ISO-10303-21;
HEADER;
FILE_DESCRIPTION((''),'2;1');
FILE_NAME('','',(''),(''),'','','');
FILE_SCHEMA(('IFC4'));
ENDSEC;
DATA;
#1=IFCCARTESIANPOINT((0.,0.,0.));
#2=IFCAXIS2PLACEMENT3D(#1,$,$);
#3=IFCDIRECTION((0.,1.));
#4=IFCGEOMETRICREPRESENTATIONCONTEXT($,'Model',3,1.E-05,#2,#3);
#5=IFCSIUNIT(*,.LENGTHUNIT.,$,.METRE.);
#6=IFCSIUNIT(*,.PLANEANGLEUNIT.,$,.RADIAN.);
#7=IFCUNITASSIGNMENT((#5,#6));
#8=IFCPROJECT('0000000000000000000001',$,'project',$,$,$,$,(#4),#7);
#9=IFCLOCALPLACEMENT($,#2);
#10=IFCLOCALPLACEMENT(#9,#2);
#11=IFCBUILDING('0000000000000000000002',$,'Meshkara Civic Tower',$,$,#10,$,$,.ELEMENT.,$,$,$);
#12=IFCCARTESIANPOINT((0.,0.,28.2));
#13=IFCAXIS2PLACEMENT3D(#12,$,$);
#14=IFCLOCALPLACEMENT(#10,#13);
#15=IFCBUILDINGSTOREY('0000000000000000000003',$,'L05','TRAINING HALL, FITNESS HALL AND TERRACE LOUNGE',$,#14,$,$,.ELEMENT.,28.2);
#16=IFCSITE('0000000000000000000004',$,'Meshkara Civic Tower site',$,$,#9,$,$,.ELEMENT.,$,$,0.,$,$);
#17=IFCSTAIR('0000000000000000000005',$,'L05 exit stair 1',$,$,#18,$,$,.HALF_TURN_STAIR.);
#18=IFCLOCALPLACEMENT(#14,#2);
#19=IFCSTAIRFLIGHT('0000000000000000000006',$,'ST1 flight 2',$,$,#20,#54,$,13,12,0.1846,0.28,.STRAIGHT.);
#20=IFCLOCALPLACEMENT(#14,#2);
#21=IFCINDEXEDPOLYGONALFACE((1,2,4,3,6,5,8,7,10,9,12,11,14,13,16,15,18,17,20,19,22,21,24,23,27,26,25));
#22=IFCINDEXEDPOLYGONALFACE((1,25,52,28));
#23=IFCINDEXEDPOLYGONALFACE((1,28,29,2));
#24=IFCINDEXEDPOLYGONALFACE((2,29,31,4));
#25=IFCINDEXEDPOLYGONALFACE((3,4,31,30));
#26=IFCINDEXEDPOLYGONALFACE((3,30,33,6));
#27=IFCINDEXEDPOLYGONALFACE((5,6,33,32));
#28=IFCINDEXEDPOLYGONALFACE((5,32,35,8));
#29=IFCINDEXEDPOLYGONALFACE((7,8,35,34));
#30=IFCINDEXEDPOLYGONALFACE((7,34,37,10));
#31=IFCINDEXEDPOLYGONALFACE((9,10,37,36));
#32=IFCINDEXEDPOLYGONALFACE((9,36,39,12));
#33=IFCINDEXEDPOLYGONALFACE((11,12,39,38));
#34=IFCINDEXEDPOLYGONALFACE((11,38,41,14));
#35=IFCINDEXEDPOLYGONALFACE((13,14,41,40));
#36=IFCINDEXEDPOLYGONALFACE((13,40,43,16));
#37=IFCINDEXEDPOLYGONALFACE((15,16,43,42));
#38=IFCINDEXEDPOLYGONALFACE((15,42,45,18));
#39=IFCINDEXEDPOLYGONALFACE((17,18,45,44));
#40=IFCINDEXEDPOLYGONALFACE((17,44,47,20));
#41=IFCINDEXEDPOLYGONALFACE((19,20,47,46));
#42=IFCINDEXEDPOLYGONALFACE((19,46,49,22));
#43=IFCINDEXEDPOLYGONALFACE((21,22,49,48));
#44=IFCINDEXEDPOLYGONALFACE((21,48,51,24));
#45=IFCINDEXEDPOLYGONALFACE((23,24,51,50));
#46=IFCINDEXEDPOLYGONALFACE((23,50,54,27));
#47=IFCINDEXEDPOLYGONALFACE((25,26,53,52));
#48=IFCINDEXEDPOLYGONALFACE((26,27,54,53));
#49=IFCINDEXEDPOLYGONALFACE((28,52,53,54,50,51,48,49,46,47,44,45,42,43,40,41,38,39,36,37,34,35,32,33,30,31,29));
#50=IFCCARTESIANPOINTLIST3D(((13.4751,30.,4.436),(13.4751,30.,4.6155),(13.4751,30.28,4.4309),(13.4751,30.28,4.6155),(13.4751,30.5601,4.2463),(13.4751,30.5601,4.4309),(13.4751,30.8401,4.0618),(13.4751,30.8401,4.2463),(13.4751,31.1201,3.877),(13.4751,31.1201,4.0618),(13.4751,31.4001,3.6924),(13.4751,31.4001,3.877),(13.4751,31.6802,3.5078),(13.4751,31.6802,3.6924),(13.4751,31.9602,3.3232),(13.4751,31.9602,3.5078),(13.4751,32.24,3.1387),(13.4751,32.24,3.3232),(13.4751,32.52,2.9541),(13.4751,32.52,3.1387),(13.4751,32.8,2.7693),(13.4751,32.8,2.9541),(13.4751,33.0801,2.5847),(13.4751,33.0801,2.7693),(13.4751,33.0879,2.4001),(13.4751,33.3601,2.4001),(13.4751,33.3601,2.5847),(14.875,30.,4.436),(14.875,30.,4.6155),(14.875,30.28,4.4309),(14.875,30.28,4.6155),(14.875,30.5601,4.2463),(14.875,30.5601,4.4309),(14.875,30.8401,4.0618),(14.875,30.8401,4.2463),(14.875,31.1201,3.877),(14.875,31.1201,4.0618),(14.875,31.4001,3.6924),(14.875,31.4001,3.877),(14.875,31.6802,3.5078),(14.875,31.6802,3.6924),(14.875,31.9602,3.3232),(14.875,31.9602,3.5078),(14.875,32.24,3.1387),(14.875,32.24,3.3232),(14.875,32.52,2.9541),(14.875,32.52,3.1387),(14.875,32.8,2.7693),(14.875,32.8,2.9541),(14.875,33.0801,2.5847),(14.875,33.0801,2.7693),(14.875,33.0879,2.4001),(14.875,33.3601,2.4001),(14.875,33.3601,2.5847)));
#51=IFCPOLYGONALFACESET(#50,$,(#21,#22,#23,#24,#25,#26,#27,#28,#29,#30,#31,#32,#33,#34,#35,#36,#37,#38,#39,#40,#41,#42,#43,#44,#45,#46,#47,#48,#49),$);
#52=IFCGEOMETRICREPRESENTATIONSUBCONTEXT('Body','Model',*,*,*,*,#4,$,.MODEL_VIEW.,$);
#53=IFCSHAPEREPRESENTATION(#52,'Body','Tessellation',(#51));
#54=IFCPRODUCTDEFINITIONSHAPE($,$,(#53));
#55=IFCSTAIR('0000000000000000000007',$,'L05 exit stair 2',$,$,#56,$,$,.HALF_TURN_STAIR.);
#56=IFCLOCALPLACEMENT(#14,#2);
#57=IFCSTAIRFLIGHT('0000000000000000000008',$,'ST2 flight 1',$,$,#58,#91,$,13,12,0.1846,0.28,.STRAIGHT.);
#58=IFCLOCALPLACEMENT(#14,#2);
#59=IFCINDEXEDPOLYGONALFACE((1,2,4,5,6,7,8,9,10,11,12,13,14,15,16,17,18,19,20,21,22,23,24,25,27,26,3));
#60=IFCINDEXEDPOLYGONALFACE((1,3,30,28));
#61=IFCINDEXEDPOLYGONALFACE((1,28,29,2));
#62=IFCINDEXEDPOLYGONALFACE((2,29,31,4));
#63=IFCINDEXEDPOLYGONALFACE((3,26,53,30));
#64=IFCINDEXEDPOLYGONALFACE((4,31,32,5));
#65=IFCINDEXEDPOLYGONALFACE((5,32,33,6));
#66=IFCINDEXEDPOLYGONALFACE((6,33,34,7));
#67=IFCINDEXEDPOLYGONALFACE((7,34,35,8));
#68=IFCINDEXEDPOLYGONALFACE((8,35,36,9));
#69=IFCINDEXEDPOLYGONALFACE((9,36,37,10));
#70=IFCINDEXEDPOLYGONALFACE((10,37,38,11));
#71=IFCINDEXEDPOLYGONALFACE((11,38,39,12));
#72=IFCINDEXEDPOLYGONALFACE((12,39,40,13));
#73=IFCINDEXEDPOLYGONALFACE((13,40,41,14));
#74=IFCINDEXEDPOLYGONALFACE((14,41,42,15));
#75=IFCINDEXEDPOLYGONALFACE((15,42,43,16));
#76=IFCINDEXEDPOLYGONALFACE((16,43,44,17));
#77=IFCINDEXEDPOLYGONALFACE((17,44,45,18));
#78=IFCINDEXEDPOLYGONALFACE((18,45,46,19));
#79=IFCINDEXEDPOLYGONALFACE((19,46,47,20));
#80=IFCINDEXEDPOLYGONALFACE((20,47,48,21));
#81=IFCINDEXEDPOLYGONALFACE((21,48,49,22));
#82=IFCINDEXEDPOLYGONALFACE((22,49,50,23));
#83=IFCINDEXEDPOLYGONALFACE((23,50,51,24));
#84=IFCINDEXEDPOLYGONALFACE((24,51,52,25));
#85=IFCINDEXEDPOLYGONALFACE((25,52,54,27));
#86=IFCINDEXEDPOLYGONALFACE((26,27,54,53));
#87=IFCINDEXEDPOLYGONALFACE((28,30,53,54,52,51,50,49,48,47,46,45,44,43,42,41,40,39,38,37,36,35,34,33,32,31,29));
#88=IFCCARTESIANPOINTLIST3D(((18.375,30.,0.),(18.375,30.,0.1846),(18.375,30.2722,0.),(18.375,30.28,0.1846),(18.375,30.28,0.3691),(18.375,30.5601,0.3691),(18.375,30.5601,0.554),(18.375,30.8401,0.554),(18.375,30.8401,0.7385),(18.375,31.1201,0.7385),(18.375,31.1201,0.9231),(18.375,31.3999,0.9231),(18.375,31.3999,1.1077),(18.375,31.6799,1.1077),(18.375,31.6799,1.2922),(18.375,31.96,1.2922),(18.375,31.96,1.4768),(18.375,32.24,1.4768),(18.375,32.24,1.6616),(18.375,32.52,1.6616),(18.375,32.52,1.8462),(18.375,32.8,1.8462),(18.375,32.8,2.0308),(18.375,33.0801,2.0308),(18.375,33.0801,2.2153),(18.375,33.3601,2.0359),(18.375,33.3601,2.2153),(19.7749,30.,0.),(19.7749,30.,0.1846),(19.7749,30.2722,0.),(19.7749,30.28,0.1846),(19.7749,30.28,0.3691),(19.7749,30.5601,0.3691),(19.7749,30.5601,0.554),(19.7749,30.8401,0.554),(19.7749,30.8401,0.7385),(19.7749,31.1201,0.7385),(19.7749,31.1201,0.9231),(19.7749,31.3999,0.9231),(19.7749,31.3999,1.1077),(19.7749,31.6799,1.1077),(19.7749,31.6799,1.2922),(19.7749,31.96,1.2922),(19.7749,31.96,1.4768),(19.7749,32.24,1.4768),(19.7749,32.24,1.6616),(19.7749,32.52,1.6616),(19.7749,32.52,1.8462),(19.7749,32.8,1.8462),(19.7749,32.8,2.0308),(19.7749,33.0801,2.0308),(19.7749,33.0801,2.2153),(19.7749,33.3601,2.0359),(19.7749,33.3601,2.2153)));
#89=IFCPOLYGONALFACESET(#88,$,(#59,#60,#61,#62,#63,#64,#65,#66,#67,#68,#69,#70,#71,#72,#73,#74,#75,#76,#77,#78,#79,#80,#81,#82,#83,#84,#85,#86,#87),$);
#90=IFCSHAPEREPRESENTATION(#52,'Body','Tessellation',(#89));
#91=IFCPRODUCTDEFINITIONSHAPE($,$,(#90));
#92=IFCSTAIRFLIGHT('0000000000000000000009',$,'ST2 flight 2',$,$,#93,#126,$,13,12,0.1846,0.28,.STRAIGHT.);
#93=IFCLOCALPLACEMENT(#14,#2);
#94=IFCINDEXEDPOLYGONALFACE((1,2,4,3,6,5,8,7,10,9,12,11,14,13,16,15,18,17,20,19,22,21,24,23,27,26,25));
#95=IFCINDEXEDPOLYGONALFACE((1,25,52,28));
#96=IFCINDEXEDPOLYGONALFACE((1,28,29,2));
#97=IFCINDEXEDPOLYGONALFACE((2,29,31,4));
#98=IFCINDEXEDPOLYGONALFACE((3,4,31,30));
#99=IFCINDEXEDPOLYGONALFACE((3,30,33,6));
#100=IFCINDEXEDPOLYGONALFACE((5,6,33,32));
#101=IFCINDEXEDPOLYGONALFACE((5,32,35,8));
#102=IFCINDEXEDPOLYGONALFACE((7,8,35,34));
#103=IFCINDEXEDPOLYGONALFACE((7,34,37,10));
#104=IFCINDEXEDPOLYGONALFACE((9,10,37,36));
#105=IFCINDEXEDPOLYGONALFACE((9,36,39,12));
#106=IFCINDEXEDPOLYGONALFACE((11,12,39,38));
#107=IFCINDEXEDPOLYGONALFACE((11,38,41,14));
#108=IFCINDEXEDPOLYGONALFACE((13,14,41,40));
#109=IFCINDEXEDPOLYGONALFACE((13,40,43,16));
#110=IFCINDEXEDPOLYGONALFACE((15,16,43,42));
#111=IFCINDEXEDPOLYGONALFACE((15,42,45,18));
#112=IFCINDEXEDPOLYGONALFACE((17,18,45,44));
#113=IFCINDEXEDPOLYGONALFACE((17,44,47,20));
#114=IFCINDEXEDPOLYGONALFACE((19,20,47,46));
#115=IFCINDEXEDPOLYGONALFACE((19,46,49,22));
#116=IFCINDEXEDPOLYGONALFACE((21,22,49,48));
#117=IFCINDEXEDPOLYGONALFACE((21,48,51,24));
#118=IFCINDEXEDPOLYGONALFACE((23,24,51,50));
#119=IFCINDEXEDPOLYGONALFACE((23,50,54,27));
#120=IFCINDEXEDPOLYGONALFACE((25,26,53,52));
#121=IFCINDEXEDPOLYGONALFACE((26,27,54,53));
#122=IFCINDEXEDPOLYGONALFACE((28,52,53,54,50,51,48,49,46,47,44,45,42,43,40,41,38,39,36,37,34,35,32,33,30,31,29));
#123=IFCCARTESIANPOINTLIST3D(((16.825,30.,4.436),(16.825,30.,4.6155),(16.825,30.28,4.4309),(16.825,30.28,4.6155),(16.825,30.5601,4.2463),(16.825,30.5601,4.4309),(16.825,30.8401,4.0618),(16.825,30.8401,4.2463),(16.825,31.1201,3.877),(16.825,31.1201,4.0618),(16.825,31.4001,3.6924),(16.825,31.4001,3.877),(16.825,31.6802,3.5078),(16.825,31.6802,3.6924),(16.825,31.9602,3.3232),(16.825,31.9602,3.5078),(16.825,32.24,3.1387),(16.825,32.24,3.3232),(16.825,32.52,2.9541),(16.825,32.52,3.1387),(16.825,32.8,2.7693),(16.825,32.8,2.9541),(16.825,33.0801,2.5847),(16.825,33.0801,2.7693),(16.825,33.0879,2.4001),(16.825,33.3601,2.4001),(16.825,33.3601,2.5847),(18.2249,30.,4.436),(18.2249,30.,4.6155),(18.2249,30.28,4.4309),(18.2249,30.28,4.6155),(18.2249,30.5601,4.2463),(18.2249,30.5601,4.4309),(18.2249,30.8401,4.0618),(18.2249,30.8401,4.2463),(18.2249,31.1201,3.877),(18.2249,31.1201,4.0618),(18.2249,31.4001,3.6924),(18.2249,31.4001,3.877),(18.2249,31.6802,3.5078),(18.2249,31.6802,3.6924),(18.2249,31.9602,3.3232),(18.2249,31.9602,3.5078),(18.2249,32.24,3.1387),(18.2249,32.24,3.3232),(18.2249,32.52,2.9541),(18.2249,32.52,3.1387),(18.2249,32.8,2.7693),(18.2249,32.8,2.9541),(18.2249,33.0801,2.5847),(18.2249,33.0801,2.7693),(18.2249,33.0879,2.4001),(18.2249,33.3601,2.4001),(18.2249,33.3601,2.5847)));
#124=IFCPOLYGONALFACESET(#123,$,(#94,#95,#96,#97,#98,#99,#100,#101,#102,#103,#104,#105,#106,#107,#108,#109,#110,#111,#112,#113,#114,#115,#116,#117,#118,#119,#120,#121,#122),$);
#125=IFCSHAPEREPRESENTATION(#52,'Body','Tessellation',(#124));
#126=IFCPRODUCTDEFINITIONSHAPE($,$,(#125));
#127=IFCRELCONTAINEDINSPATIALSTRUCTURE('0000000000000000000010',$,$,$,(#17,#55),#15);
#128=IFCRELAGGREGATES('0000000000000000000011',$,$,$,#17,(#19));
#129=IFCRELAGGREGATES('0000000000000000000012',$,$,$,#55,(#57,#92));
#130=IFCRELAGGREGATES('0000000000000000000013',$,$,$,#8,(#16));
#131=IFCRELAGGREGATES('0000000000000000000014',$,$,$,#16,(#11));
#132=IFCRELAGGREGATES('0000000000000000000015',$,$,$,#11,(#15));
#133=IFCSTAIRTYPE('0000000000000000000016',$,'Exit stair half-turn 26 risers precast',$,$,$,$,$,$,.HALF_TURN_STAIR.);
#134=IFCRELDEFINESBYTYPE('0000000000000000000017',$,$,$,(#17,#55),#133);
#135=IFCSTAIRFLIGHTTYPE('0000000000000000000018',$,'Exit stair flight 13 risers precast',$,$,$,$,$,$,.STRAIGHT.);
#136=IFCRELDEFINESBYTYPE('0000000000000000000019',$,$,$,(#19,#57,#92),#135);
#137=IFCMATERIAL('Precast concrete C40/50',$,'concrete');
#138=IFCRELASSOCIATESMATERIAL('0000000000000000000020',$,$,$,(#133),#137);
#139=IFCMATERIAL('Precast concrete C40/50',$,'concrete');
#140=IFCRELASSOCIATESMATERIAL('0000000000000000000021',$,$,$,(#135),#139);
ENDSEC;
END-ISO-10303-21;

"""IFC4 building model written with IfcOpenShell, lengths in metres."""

from ifc_helpers import new_model, si_unit, direction, frame, origin, place, context, subcontext, project, spatial, polyline, outline, extrude, material, type_object, element, aggregate, save


model = new_model("IFC4")

# Units and contexts
model_context = context("Model", 3, precision=1e-05, world=origin(), true_north=direction((0.0, 1.0)))
body_context = subcontext(model_context, "Body", "Model", "MODEL_VIEW")
ifc_project = project(units=[si_unit("LENGTHUNIT", "METRE"), si_unit("PLANEANGLEUNIT", "RADIAN")], contexts=[model_context])

# Site, building, storey
site_placement = place(None, origin())
site = spatial("IfcSite", under=ifc_project, at=site_placement, Name="Meshkara Civic Tower site", CompositionType="ELEMENT", RefElevation=0.0)
building_placement = place(site_placement, origin())
building = spatial("IfcBuilding", under=site, at=building_placement, Name="Meshkara Civic Tower", CompositionType="ELEMENT")
storey_placement = place(building_placement, frame((0.0, 0.0, 28.2)))
storey = spatial("IfcBuildingStorey", under=building, at=storey_placement, Name="L05", Description="TRAINING HALL, FITNESS HALL AND TERRACE LOUNGE", CompositionType="ELEMENT", Elevation=28.2)

# Stairs, stair flights
ifc_material_1 = material(Name="Precast concrete C40/50", Category="concrete")
stair_type = type_object("IfcStairType", Name="Exit stair half-turn 26 risers precast", PredefinedType="HALF_TURN_STAIR", material=ifc_material_1)
stair_1_placement = place(storey_placement, origin())
stair_1 = element("IfcStair", 1, at=stair_1_placement, inside=storey, type_object=stair_type, Name="L05 exit stair 1", PredefinedType="HALF_TURN_STAIR")
ifc_material_2 = material(Name="Precast concrete C40/50", Category="concrete")
stair_flight_type = type_object("IfcStairFlightType", Name="Exit stair flight 13 risers precast", PredefinedType="STRAIGHT", material=ifc_material_2)
stair_flight_1_placement = place(storey_placement, frame((14.175, 33.3601, 2.4001), z_axis=(0.0, 0.0, 1.0), x_axis=(0.0, -1.0, 0.0)))
stair_flight_1 = element("IfcStairFlight", 2, at=stair_flight_1_placement, type_object=stair_flight_type, Name="ST1 flight 2", NumberOfRisers=13, NumberOfTreads=12, PredefinedType="STRAIGHT", RiserHeight=0.1846, TreadLength=0.28, context=body_context, shape_type="SweptSolid", body=[
    extrude(outline(polyline([(0.0, 0.0), (0.0, 0.1846), (0.28, 0.1846), (0.28, 0.3691), (0.5601, 0.3691), (0.5601, 0.554), (0.8401, 0.554), (0.8401, 0.7385), (1.1201, 0.7385), (1.1201, 0.9231), (1.3999, 0.9231), (1.3999, 1.1077), (1.6799, 1.1077), (1.6799, 1.2922), (1.96, 1.2922), (1.96, 1.4768), (2.24, 1.4768), (2.24, 1.6616), (2.52, 1.6616), (2.52, 1.8462), (2.8, 1.8462), (2.8, 2.0308), (3.0801, 2.0308), (3.0801, 2.2153), (3.3601, 2.2153), (3.3601, 2.3999), (3.3601, 2.0359), (0.2722, 0.0), (0.0, 0.0)])), frame((0.0, 0.7, 0.0), z_axis=(0.0, -1.0, 0.0), x_axis=(1.0, 0.0, 0.0)), (0.0, 0.0, 1.0), 1.3999),
])
aggregate(stair_1, [stair_flight_1])
stair_2_placement = place(storey_placement, origin())
stair_2 = element("IfcStair", 3, at=stair_2_placement, inside=storey, type_object=stair_type, Name="L05 exit stair 2", PredefinedType="HALF_TURN_STAIR")
stair_flight_2_placement = place(storey_placement, frame((19.075, 30.0, 0.0), z_axis=(0.0, 0.0, 1.0), x_axis=(0.0, 1.0, 0.0)))
stair_flight_2 = element("IfcStairFlight", 4, at=stair_flight_2_placement, type_object=stair_flight_type, Name="ST2 flight 1", NumberOfRisers=13, NumberOfTreads=12, PredefinedType="STRAIGHT", RiserHeight=0.1846, TreadLength=0.28, context=body_context, shape_type="SweptSolid", body=[
    extrude(outline(polyline([(0.0, 0.0), (0.0, 0.1846), (0.28, 0.1846), (0.28, 0.3691), (0.5601, 0.3691), (0.5601, 0.554), (0.8401, 0.554), (0.8401, 0.7385), (1.1201, 0.7385), (1.1201, 0.9231), (1.3999, 0.9231), (1.3999, 1.1077), (1.6799, 1.1077), (1.6799, 1.2922), (1.96, 1.2922), (1.96, 1.4768), (2.24, 1.4768), (2.24, 1.6616), (2.52, 1.6616), (2.52, 1.8462), (2.8, 1.8462), (2.8, 2.0308), (3.0801, 2.0308), (3.0801, 2.2153), (3.3601, 2.2153), (3.3601, 2.3999), (3.3601, 2.0359), (0.2722, 0.0), (0.0, 0.0)])), frame((0.0, 0.7, 0.0), z_axis=(0.0, -1.0, 0.0), x_axis=(1.0, 0.0, 0.0)), (0.0, 0.0, 1.0), 1.3999),
])
stair_flight_3_placement = place(storey_placement, frame((17.5249, 33.3601, 2.4001), z_axis=(0.0, 0.0, 1.0), x_axis=(0.0, -1.0, 0.0)))
stair_flight_3 = element("IfcStairFlight", 5, at=stair_flight_3_placement, type_object=stair_flight_type, Name="ST2 flight 2", NumberOfRisers=13, NumberOfTreads=12, PredefinedType="STRAIGHT", RiserHeight=0.1846, TreadLength=0.28, context=body_context, shape_type="SweptSolid", body=[
    extrude(outline(polyline([(0.0, 0.0), (0.0, 0.1846), (0.28, 0.1846), (0.28, 0.3691), (0.5601, 0.3691), (0.5601, 0.554), (0.8401, 0.554), (0.8401, 0.7385), (1.1201, 0.7385), (1.1201, 0.9231), (1.3999, 0.9231), (1.3999, 1.1077), (1.6799, 1.1077), (1.6799, 1.2922), (1.96, 1.2922), (1.96, 1.4768), (2.24, 1.4768), (2.24, 1.6616), (2.52, 1.6616), (2.52, 1.8462), (2.8, 1.8462), (2.8, 2.0308), (3.0801, 2.0308), (3.0801, 2.2153), (3.3601, 2.2153), (3.3601, 2.3999), (3.3601, 2.0359), (0.2722, 0.0), (0.0, 0.0)])), frame((0.0, 0.7, 0.0), z_axis=(0.0, -1.0, 0.0), x_axis=(1.0, 0.0, 0.0)), (0.0, 0.0, 1.0), 1.3999),
])
aggregate(stair_2, [stair_flight_2, stair_flight_3])

save(model, "model.ifc")
